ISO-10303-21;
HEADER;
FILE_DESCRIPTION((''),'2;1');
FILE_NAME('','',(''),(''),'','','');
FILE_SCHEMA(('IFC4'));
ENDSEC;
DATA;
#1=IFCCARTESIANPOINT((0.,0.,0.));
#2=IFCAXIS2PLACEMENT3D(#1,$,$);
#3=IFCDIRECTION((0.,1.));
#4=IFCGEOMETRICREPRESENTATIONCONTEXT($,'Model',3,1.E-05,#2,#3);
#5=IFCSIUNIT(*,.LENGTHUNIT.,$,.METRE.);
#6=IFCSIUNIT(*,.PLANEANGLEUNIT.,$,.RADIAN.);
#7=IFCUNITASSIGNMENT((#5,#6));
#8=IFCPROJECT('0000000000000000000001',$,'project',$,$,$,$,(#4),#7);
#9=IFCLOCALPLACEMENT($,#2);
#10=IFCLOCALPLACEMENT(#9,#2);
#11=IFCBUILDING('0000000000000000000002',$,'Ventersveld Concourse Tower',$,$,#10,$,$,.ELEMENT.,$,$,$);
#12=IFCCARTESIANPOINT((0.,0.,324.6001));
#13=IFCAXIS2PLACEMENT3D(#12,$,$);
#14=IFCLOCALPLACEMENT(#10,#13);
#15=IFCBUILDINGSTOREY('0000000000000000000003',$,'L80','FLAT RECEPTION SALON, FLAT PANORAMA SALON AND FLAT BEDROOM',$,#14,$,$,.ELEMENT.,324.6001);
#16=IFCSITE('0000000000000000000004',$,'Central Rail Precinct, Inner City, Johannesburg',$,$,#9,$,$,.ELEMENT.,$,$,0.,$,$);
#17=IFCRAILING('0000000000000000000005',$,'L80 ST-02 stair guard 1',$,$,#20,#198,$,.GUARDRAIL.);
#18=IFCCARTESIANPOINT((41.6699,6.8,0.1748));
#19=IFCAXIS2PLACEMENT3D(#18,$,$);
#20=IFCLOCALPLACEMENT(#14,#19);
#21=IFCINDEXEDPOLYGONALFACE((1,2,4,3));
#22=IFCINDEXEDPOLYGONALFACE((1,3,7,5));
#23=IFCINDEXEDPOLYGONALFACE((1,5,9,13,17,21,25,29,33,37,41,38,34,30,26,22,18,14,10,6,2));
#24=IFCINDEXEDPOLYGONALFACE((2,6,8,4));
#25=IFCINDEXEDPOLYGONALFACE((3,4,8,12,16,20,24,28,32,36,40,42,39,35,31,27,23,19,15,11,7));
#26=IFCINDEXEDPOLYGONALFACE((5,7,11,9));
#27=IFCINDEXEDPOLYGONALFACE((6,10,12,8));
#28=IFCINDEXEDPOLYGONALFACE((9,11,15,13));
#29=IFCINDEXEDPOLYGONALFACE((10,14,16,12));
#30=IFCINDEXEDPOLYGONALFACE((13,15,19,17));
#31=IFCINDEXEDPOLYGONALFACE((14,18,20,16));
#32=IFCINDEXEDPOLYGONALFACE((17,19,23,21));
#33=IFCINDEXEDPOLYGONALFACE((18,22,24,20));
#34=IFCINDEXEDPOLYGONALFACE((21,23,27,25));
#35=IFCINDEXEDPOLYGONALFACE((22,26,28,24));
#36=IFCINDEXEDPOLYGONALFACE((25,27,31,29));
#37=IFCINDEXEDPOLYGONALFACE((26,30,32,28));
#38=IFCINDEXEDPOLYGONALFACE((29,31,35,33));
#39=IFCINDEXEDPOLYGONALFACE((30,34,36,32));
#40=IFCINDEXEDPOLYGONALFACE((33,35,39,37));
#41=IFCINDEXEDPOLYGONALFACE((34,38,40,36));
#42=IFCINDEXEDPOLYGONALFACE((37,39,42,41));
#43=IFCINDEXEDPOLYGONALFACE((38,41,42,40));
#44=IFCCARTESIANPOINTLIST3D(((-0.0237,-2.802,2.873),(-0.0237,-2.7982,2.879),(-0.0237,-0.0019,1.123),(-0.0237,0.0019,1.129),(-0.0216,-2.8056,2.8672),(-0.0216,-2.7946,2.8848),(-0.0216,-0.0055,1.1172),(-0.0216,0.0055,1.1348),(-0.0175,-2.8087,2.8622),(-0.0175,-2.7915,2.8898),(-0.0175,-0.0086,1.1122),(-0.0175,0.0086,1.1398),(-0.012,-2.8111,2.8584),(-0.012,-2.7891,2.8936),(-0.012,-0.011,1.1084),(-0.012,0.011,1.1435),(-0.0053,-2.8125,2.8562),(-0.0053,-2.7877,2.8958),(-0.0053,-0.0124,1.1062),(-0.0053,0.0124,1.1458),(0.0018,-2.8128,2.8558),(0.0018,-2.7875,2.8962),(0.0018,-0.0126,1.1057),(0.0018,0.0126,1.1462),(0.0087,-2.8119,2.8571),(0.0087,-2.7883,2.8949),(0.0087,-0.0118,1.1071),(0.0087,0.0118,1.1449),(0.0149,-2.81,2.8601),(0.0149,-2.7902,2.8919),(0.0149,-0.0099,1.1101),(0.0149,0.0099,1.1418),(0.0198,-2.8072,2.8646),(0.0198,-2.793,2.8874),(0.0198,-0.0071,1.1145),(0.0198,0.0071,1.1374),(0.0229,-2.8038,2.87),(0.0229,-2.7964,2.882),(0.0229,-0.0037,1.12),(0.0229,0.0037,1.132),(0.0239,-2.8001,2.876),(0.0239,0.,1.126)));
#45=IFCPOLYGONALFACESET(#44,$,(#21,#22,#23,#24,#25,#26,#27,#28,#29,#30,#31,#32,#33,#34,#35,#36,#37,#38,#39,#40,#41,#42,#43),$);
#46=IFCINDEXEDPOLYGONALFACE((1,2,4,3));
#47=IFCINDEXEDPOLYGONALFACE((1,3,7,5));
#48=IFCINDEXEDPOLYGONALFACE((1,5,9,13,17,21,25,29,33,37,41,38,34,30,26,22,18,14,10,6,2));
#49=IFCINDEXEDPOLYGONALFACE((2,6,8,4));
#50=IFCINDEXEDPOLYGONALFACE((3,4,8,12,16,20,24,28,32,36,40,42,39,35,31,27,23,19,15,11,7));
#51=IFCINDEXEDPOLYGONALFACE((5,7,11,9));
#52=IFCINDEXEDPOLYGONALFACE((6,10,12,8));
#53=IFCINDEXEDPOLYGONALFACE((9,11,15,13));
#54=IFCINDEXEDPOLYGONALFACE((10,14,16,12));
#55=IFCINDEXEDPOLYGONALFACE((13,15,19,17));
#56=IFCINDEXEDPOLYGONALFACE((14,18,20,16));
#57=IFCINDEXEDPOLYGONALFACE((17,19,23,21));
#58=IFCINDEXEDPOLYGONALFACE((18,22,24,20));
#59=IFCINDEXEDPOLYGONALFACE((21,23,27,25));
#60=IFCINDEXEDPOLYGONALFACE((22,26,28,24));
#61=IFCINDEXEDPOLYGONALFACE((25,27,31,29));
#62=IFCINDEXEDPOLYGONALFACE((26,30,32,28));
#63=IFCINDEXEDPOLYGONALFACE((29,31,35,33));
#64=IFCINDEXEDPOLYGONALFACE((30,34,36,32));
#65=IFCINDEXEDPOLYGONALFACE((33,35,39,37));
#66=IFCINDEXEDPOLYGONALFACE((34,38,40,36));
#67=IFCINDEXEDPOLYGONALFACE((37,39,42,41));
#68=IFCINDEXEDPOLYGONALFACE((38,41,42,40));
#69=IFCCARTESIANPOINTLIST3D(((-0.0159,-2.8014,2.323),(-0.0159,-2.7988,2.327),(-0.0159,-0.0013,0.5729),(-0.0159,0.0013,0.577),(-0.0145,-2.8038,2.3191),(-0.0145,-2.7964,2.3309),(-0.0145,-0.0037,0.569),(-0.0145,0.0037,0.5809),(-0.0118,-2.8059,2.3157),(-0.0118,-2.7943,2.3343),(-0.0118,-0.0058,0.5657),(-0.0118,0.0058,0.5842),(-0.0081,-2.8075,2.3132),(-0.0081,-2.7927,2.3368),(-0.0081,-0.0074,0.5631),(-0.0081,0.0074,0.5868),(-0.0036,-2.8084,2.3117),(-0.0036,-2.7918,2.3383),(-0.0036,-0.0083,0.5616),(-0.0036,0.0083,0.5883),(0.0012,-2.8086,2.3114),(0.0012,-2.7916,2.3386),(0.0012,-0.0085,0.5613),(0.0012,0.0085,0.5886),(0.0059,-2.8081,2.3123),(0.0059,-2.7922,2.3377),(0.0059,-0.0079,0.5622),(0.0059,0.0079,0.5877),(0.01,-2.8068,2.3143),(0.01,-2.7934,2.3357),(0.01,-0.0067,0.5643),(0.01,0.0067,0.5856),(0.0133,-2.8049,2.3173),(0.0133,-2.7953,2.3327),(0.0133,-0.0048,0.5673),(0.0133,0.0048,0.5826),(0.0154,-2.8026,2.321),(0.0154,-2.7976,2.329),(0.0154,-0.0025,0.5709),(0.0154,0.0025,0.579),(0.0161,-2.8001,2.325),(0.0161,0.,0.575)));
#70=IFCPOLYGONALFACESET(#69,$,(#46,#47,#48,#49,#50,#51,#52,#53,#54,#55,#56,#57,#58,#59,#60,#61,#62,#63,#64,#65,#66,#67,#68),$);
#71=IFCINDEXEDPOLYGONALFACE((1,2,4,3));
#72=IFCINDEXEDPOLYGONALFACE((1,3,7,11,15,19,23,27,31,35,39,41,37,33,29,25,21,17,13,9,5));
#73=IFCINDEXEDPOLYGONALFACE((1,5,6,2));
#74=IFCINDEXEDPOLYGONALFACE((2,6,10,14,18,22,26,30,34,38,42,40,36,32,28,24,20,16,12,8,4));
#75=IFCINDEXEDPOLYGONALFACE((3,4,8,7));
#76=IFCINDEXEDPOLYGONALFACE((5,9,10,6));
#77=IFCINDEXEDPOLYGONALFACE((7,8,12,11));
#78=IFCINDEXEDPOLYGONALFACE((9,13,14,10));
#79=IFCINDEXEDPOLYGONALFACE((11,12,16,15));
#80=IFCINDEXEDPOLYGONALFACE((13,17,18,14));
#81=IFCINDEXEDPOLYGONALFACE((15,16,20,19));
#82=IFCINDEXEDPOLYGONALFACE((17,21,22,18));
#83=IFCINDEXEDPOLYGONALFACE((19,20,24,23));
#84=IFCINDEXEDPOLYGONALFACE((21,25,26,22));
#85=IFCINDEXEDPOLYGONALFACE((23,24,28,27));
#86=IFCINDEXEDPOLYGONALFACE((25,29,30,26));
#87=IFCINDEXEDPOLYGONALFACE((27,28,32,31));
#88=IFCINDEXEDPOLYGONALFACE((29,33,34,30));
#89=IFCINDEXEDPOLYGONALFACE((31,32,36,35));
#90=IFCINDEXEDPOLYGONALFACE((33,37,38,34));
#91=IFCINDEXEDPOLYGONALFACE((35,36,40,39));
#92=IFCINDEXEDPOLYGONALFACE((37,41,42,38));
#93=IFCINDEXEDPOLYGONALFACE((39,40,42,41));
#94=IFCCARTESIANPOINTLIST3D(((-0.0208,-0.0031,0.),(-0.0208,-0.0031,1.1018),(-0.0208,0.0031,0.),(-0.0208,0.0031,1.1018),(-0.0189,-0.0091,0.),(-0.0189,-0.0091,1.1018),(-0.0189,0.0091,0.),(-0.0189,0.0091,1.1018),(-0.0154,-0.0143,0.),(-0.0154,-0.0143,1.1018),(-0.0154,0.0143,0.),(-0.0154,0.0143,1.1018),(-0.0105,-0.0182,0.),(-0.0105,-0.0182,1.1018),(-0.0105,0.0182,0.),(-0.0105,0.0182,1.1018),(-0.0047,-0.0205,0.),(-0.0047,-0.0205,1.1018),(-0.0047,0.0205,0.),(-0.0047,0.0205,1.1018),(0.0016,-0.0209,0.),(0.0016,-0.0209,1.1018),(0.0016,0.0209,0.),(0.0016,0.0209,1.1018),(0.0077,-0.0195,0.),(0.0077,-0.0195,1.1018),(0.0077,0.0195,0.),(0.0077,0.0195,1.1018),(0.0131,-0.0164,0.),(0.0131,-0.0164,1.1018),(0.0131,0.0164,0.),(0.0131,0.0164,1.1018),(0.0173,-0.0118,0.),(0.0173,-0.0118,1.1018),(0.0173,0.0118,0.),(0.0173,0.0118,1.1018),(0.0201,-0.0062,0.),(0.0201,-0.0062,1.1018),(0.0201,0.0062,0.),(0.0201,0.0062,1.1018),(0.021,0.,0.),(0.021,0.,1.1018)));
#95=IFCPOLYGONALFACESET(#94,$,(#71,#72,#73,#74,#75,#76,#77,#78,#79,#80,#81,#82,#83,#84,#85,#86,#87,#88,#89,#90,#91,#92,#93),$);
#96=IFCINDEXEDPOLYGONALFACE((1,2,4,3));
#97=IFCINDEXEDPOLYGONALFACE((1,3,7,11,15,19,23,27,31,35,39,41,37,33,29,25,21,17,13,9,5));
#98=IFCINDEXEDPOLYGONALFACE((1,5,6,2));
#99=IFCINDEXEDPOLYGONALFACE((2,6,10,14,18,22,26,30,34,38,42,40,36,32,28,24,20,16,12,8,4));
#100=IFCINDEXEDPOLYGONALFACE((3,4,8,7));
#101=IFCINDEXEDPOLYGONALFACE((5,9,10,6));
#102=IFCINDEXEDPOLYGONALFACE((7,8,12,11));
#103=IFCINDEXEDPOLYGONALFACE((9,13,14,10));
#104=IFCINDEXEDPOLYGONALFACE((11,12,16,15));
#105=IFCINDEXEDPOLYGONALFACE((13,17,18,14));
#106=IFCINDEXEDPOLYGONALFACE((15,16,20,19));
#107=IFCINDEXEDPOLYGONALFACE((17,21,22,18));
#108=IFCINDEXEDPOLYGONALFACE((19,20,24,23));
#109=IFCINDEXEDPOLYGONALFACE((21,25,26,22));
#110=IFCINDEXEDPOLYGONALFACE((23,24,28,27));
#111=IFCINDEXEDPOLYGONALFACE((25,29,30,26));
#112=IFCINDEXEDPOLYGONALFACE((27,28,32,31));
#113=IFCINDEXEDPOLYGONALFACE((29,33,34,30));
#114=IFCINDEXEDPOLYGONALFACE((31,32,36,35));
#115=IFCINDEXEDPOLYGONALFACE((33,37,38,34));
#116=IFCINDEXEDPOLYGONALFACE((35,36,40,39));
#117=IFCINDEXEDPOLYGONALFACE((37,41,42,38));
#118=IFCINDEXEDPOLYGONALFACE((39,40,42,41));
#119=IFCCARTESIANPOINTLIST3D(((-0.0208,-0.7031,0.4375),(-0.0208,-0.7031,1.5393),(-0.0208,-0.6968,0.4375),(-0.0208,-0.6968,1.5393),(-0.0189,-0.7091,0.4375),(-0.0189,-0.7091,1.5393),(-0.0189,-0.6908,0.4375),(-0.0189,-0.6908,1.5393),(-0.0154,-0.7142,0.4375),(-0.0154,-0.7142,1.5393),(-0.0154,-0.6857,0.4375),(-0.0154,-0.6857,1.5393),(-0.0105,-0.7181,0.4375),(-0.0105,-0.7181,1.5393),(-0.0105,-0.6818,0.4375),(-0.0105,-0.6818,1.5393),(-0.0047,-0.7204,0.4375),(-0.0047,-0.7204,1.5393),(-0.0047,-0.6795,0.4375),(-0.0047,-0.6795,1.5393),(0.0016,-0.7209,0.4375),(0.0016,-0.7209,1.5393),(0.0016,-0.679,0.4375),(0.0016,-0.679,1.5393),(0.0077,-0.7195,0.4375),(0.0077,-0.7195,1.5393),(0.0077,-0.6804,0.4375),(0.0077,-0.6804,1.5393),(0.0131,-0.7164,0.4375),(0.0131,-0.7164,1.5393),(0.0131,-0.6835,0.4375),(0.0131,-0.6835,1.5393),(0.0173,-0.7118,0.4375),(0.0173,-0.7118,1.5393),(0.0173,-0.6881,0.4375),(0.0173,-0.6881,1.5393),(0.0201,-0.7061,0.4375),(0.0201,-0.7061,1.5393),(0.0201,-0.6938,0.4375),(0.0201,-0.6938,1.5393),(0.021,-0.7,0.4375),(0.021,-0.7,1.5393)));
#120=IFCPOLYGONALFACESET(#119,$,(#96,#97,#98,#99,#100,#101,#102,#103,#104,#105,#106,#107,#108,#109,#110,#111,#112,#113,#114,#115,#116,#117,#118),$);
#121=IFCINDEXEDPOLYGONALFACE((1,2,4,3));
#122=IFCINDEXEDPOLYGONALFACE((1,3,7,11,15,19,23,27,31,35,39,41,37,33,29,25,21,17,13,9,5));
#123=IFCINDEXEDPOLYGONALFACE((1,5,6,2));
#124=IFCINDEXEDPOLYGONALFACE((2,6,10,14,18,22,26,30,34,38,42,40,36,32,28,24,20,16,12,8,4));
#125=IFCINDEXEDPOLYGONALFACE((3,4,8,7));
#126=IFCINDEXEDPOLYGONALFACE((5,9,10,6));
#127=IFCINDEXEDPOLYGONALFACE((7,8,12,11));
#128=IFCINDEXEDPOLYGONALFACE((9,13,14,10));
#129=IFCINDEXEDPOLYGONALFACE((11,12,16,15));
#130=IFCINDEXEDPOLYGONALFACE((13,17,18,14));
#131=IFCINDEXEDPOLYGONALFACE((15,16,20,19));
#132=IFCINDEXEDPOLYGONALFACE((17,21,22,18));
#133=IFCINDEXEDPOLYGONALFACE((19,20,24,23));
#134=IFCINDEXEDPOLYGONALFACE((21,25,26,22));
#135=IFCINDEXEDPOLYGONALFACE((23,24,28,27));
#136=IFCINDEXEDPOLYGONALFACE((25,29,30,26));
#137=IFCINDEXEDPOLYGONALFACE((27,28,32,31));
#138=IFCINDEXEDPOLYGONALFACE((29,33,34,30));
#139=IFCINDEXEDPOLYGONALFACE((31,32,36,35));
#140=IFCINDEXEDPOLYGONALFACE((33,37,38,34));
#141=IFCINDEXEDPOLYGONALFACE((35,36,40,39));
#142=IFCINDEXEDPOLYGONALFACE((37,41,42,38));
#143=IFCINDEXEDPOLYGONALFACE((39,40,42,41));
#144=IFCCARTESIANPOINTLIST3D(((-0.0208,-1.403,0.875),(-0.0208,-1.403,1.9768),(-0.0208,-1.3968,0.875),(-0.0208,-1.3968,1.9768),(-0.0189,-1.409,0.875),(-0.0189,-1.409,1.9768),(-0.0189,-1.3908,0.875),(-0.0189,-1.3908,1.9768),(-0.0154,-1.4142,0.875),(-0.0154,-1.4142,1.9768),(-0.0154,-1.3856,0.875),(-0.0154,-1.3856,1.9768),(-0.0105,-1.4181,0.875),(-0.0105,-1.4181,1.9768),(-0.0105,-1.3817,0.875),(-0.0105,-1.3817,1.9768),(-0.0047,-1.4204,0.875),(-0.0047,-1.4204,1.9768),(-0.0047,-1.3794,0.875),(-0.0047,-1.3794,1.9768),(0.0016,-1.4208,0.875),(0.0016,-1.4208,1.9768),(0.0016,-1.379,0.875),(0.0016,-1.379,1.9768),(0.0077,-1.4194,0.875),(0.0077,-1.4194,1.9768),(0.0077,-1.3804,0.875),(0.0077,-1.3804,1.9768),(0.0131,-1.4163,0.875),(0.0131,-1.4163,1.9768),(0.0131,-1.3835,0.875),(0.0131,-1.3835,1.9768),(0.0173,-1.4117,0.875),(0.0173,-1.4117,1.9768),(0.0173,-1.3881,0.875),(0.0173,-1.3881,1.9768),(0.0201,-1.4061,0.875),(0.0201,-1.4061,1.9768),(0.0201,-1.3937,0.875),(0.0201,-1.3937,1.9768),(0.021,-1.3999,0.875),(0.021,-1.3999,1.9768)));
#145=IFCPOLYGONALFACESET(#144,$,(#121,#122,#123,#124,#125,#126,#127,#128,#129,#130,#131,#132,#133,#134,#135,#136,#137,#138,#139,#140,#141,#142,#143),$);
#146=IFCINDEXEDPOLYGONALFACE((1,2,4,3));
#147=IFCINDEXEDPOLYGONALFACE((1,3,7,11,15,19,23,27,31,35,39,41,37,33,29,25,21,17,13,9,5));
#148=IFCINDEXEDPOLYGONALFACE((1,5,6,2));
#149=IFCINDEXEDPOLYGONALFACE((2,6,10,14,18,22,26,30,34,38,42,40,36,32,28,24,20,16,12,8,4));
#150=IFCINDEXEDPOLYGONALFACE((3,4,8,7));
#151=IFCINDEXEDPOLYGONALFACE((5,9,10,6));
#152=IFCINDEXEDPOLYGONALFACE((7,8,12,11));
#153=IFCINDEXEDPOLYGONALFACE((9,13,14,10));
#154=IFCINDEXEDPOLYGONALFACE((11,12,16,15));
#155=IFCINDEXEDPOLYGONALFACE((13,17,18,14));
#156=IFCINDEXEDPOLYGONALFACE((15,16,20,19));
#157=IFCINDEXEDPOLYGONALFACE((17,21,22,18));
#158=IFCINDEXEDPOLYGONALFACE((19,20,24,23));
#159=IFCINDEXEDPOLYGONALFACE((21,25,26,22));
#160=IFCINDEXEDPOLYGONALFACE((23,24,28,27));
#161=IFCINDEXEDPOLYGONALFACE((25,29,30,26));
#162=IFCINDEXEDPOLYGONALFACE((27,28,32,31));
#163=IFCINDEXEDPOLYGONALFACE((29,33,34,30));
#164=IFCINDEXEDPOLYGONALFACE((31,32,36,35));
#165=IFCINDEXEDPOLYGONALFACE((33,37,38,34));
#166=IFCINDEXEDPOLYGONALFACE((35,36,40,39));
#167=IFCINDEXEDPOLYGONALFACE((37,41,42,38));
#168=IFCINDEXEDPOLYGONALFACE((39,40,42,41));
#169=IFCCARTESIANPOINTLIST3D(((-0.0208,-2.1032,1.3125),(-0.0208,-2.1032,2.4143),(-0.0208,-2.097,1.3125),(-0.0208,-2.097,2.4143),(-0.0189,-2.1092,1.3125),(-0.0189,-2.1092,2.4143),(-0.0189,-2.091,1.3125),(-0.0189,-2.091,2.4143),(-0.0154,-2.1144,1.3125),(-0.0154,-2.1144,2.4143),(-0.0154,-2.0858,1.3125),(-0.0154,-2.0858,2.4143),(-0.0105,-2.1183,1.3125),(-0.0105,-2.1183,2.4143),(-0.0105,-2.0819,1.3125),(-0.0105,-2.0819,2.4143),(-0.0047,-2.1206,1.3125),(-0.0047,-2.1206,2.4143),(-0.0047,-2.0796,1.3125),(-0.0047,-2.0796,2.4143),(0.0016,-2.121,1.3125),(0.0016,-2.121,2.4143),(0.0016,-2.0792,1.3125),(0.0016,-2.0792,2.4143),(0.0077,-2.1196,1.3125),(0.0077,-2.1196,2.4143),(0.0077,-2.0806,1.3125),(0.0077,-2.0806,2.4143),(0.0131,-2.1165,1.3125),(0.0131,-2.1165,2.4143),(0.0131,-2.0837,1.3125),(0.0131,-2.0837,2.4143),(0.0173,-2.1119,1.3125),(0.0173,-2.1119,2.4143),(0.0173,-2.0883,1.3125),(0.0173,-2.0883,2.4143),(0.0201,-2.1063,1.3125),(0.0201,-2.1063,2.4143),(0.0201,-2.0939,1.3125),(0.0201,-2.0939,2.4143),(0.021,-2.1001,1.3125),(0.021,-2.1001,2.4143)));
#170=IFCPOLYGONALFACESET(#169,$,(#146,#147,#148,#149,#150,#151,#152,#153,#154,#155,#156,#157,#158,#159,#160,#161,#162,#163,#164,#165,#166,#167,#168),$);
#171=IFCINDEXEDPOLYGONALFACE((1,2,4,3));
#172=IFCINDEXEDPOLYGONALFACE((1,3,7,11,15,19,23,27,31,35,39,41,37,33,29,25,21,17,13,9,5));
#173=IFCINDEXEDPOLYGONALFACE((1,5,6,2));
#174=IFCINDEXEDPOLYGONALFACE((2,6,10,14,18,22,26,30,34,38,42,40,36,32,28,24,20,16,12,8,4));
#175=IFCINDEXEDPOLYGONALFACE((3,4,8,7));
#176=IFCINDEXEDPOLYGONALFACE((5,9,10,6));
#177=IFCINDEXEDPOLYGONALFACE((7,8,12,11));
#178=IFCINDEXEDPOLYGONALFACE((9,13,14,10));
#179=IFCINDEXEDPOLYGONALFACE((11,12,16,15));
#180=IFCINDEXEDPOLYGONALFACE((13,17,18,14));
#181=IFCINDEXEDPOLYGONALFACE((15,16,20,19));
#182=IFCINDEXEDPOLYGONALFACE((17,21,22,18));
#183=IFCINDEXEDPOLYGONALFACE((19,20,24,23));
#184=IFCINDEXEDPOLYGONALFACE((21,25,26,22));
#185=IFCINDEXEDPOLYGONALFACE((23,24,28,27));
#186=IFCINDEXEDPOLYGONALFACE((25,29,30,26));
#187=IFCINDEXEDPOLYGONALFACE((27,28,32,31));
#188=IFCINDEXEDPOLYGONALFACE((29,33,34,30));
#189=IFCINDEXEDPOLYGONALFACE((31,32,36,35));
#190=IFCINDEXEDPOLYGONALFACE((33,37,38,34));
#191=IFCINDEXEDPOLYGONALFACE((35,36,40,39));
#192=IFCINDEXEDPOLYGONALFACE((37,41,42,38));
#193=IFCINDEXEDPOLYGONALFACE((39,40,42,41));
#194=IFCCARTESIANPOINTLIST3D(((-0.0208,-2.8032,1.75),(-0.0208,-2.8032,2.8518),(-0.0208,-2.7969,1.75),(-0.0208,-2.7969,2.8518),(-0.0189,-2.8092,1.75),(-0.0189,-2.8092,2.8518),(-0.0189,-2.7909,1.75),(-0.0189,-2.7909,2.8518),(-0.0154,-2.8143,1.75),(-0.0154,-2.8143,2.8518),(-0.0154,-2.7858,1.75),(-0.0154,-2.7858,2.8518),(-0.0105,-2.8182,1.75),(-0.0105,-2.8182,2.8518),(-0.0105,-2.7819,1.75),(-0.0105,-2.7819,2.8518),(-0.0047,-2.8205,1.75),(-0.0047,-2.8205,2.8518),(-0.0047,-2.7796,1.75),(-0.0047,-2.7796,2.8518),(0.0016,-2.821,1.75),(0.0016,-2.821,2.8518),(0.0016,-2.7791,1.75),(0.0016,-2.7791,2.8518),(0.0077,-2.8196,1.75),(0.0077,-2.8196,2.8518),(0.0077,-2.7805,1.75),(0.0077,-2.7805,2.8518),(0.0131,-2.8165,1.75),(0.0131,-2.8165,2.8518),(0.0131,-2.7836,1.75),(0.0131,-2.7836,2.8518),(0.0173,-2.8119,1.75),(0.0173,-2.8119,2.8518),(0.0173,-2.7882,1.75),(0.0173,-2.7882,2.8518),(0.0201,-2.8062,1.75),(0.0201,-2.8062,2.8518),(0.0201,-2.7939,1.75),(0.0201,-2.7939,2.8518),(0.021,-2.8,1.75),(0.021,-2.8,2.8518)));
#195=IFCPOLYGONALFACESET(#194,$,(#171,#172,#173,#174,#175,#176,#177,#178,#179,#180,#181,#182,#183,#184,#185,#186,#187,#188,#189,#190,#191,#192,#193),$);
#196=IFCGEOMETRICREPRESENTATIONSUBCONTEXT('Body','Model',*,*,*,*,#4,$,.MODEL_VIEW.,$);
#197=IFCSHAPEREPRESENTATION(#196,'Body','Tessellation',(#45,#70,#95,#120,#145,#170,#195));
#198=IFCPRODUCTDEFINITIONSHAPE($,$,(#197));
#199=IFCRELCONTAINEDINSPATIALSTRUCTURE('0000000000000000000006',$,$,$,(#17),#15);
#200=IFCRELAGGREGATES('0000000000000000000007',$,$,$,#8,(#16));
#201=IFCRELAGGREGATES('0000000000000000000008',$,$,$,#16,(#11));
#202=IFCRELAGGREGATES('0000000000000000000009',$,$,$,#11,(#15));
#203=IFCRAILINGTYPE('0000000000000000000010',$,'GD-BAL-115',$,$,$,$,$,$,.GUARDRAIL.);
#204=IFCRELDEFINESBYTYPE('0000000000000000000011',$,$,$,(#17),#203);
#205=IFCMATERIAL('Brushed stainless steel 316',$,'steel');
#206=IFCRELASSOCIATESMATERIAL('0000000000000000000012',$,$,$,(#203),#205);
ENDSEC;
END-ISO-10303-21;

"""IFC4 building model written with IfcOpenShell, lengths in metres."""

from ifc_helpers import new_model, si_unit, direction, frame, origin, origin_2d, place, context, subcontext, project, spatial, circle, extrude, material, type_object, element, save


model = new_model("IFC4")

# Units and contexts
model_context = context("Model", 3, precision=1e-05, world=origin(), true_north=direction((0.0, 1.0)))
body_context = subcontext(model_context, "Body", "Model", "MODEL_VIEW")
ifc_project = project(units=[si_unit("LENGTHUNIT", "METRE"), si_unit("PLANEANGLEUNIT", "RADIAN")], contexts=[model_context])

# Site, building, storey
site_placement = place(None, origin())
site = spatial("IfcSite", under=ifc_project, at=site_placement, Name="Central Rail Precinct, Inner City, Johannesburg", CompositionType="ELEMENT", RefElevation=0.0)
building_placement = place(site_placement, origin())
building = spatial("IfcBuilding", under=site, at=building_placement, Name="Ventersveld Concourse Tower", CompositionType="ELEMENT")
storey_placement = place(building_placement, frame((0.0, 0.0, 324.6001)))
storey = spatial("IfcBuildingStorey", under=building, at=storey_placement, Name="L80", Description="FLAT RECEPTION SALON, FLAT PANORAMA SALON AND FLAT BEDROOM", CompositionType="ELEMENT", Elevation=324.6001)

# Shared definitions
ifc_material_1 = material(Name="Brushed stainless steel 316", Category="steel")

# Railing
railing_type_1 = type_object("IfcRailingType", Name="GD-BAL-115", PredefinedType="GUARDRAIL", material=ifc_material_1)
railing_1_placement = place(storey_placement, frame((41.6699, 6.8, 0.1748)))
element("IfcRailing", 1, at=railing_1_placement, inside=storey, type_object=railing_type_1, Name="L80 ST-02 stair guard 1", PredefinedType="GUARDRAIL", context=body_context, shape_type="SweptSolid", body=[
    extrude(circle(Radius=0.0239, at=origin_2d()), frame((0.0, 0.0, 1.126), z_axis=(0.0, -0.848002, 0.529992), x_axis=(1.0, 0.0, 0.0)), (0.0, 0.0, 1.0), 3.302),
    extrude(circle(Radius=0.0161, at=origin_2d()), frame((0.0, 0.0, 0.575), z_axis=(0.0, -0.848002, 0.529992), x_axis=(1.0, 0.0, 0.0)), (0.0, 0.0, 1.0), 3.302),
    extrude(circle(Radius=0.021, at=origin_2d()), origin(), (0.0, 0.0, 1.0), 1.1018),
    extrude(circle(Radius=0.021, at=origin_2d()), frame((0.0, -0.7, 0.4375)), (0.0, 0.0, 1.0), 1.1018),
    extrude(circle(Radius=0.021, at=origin_2d()), frame((0.0, -1.3999, 0.875)), (0.0, 0.0, 1.0), 1.1018),
    extrude(circle(Radius=0.021, at=origin_2d()), frame((0.0, -2.1001, 1.3125)), (0.0, 0.0, 1.0), 1.1018),
    extrude(circle(Radius=0.021, at=origin_2d()), frame((0.0, -2.8, 1.75)), (0.0, 0.0, 1.0), 1.1018),
])

save(model, "model.ifc")
